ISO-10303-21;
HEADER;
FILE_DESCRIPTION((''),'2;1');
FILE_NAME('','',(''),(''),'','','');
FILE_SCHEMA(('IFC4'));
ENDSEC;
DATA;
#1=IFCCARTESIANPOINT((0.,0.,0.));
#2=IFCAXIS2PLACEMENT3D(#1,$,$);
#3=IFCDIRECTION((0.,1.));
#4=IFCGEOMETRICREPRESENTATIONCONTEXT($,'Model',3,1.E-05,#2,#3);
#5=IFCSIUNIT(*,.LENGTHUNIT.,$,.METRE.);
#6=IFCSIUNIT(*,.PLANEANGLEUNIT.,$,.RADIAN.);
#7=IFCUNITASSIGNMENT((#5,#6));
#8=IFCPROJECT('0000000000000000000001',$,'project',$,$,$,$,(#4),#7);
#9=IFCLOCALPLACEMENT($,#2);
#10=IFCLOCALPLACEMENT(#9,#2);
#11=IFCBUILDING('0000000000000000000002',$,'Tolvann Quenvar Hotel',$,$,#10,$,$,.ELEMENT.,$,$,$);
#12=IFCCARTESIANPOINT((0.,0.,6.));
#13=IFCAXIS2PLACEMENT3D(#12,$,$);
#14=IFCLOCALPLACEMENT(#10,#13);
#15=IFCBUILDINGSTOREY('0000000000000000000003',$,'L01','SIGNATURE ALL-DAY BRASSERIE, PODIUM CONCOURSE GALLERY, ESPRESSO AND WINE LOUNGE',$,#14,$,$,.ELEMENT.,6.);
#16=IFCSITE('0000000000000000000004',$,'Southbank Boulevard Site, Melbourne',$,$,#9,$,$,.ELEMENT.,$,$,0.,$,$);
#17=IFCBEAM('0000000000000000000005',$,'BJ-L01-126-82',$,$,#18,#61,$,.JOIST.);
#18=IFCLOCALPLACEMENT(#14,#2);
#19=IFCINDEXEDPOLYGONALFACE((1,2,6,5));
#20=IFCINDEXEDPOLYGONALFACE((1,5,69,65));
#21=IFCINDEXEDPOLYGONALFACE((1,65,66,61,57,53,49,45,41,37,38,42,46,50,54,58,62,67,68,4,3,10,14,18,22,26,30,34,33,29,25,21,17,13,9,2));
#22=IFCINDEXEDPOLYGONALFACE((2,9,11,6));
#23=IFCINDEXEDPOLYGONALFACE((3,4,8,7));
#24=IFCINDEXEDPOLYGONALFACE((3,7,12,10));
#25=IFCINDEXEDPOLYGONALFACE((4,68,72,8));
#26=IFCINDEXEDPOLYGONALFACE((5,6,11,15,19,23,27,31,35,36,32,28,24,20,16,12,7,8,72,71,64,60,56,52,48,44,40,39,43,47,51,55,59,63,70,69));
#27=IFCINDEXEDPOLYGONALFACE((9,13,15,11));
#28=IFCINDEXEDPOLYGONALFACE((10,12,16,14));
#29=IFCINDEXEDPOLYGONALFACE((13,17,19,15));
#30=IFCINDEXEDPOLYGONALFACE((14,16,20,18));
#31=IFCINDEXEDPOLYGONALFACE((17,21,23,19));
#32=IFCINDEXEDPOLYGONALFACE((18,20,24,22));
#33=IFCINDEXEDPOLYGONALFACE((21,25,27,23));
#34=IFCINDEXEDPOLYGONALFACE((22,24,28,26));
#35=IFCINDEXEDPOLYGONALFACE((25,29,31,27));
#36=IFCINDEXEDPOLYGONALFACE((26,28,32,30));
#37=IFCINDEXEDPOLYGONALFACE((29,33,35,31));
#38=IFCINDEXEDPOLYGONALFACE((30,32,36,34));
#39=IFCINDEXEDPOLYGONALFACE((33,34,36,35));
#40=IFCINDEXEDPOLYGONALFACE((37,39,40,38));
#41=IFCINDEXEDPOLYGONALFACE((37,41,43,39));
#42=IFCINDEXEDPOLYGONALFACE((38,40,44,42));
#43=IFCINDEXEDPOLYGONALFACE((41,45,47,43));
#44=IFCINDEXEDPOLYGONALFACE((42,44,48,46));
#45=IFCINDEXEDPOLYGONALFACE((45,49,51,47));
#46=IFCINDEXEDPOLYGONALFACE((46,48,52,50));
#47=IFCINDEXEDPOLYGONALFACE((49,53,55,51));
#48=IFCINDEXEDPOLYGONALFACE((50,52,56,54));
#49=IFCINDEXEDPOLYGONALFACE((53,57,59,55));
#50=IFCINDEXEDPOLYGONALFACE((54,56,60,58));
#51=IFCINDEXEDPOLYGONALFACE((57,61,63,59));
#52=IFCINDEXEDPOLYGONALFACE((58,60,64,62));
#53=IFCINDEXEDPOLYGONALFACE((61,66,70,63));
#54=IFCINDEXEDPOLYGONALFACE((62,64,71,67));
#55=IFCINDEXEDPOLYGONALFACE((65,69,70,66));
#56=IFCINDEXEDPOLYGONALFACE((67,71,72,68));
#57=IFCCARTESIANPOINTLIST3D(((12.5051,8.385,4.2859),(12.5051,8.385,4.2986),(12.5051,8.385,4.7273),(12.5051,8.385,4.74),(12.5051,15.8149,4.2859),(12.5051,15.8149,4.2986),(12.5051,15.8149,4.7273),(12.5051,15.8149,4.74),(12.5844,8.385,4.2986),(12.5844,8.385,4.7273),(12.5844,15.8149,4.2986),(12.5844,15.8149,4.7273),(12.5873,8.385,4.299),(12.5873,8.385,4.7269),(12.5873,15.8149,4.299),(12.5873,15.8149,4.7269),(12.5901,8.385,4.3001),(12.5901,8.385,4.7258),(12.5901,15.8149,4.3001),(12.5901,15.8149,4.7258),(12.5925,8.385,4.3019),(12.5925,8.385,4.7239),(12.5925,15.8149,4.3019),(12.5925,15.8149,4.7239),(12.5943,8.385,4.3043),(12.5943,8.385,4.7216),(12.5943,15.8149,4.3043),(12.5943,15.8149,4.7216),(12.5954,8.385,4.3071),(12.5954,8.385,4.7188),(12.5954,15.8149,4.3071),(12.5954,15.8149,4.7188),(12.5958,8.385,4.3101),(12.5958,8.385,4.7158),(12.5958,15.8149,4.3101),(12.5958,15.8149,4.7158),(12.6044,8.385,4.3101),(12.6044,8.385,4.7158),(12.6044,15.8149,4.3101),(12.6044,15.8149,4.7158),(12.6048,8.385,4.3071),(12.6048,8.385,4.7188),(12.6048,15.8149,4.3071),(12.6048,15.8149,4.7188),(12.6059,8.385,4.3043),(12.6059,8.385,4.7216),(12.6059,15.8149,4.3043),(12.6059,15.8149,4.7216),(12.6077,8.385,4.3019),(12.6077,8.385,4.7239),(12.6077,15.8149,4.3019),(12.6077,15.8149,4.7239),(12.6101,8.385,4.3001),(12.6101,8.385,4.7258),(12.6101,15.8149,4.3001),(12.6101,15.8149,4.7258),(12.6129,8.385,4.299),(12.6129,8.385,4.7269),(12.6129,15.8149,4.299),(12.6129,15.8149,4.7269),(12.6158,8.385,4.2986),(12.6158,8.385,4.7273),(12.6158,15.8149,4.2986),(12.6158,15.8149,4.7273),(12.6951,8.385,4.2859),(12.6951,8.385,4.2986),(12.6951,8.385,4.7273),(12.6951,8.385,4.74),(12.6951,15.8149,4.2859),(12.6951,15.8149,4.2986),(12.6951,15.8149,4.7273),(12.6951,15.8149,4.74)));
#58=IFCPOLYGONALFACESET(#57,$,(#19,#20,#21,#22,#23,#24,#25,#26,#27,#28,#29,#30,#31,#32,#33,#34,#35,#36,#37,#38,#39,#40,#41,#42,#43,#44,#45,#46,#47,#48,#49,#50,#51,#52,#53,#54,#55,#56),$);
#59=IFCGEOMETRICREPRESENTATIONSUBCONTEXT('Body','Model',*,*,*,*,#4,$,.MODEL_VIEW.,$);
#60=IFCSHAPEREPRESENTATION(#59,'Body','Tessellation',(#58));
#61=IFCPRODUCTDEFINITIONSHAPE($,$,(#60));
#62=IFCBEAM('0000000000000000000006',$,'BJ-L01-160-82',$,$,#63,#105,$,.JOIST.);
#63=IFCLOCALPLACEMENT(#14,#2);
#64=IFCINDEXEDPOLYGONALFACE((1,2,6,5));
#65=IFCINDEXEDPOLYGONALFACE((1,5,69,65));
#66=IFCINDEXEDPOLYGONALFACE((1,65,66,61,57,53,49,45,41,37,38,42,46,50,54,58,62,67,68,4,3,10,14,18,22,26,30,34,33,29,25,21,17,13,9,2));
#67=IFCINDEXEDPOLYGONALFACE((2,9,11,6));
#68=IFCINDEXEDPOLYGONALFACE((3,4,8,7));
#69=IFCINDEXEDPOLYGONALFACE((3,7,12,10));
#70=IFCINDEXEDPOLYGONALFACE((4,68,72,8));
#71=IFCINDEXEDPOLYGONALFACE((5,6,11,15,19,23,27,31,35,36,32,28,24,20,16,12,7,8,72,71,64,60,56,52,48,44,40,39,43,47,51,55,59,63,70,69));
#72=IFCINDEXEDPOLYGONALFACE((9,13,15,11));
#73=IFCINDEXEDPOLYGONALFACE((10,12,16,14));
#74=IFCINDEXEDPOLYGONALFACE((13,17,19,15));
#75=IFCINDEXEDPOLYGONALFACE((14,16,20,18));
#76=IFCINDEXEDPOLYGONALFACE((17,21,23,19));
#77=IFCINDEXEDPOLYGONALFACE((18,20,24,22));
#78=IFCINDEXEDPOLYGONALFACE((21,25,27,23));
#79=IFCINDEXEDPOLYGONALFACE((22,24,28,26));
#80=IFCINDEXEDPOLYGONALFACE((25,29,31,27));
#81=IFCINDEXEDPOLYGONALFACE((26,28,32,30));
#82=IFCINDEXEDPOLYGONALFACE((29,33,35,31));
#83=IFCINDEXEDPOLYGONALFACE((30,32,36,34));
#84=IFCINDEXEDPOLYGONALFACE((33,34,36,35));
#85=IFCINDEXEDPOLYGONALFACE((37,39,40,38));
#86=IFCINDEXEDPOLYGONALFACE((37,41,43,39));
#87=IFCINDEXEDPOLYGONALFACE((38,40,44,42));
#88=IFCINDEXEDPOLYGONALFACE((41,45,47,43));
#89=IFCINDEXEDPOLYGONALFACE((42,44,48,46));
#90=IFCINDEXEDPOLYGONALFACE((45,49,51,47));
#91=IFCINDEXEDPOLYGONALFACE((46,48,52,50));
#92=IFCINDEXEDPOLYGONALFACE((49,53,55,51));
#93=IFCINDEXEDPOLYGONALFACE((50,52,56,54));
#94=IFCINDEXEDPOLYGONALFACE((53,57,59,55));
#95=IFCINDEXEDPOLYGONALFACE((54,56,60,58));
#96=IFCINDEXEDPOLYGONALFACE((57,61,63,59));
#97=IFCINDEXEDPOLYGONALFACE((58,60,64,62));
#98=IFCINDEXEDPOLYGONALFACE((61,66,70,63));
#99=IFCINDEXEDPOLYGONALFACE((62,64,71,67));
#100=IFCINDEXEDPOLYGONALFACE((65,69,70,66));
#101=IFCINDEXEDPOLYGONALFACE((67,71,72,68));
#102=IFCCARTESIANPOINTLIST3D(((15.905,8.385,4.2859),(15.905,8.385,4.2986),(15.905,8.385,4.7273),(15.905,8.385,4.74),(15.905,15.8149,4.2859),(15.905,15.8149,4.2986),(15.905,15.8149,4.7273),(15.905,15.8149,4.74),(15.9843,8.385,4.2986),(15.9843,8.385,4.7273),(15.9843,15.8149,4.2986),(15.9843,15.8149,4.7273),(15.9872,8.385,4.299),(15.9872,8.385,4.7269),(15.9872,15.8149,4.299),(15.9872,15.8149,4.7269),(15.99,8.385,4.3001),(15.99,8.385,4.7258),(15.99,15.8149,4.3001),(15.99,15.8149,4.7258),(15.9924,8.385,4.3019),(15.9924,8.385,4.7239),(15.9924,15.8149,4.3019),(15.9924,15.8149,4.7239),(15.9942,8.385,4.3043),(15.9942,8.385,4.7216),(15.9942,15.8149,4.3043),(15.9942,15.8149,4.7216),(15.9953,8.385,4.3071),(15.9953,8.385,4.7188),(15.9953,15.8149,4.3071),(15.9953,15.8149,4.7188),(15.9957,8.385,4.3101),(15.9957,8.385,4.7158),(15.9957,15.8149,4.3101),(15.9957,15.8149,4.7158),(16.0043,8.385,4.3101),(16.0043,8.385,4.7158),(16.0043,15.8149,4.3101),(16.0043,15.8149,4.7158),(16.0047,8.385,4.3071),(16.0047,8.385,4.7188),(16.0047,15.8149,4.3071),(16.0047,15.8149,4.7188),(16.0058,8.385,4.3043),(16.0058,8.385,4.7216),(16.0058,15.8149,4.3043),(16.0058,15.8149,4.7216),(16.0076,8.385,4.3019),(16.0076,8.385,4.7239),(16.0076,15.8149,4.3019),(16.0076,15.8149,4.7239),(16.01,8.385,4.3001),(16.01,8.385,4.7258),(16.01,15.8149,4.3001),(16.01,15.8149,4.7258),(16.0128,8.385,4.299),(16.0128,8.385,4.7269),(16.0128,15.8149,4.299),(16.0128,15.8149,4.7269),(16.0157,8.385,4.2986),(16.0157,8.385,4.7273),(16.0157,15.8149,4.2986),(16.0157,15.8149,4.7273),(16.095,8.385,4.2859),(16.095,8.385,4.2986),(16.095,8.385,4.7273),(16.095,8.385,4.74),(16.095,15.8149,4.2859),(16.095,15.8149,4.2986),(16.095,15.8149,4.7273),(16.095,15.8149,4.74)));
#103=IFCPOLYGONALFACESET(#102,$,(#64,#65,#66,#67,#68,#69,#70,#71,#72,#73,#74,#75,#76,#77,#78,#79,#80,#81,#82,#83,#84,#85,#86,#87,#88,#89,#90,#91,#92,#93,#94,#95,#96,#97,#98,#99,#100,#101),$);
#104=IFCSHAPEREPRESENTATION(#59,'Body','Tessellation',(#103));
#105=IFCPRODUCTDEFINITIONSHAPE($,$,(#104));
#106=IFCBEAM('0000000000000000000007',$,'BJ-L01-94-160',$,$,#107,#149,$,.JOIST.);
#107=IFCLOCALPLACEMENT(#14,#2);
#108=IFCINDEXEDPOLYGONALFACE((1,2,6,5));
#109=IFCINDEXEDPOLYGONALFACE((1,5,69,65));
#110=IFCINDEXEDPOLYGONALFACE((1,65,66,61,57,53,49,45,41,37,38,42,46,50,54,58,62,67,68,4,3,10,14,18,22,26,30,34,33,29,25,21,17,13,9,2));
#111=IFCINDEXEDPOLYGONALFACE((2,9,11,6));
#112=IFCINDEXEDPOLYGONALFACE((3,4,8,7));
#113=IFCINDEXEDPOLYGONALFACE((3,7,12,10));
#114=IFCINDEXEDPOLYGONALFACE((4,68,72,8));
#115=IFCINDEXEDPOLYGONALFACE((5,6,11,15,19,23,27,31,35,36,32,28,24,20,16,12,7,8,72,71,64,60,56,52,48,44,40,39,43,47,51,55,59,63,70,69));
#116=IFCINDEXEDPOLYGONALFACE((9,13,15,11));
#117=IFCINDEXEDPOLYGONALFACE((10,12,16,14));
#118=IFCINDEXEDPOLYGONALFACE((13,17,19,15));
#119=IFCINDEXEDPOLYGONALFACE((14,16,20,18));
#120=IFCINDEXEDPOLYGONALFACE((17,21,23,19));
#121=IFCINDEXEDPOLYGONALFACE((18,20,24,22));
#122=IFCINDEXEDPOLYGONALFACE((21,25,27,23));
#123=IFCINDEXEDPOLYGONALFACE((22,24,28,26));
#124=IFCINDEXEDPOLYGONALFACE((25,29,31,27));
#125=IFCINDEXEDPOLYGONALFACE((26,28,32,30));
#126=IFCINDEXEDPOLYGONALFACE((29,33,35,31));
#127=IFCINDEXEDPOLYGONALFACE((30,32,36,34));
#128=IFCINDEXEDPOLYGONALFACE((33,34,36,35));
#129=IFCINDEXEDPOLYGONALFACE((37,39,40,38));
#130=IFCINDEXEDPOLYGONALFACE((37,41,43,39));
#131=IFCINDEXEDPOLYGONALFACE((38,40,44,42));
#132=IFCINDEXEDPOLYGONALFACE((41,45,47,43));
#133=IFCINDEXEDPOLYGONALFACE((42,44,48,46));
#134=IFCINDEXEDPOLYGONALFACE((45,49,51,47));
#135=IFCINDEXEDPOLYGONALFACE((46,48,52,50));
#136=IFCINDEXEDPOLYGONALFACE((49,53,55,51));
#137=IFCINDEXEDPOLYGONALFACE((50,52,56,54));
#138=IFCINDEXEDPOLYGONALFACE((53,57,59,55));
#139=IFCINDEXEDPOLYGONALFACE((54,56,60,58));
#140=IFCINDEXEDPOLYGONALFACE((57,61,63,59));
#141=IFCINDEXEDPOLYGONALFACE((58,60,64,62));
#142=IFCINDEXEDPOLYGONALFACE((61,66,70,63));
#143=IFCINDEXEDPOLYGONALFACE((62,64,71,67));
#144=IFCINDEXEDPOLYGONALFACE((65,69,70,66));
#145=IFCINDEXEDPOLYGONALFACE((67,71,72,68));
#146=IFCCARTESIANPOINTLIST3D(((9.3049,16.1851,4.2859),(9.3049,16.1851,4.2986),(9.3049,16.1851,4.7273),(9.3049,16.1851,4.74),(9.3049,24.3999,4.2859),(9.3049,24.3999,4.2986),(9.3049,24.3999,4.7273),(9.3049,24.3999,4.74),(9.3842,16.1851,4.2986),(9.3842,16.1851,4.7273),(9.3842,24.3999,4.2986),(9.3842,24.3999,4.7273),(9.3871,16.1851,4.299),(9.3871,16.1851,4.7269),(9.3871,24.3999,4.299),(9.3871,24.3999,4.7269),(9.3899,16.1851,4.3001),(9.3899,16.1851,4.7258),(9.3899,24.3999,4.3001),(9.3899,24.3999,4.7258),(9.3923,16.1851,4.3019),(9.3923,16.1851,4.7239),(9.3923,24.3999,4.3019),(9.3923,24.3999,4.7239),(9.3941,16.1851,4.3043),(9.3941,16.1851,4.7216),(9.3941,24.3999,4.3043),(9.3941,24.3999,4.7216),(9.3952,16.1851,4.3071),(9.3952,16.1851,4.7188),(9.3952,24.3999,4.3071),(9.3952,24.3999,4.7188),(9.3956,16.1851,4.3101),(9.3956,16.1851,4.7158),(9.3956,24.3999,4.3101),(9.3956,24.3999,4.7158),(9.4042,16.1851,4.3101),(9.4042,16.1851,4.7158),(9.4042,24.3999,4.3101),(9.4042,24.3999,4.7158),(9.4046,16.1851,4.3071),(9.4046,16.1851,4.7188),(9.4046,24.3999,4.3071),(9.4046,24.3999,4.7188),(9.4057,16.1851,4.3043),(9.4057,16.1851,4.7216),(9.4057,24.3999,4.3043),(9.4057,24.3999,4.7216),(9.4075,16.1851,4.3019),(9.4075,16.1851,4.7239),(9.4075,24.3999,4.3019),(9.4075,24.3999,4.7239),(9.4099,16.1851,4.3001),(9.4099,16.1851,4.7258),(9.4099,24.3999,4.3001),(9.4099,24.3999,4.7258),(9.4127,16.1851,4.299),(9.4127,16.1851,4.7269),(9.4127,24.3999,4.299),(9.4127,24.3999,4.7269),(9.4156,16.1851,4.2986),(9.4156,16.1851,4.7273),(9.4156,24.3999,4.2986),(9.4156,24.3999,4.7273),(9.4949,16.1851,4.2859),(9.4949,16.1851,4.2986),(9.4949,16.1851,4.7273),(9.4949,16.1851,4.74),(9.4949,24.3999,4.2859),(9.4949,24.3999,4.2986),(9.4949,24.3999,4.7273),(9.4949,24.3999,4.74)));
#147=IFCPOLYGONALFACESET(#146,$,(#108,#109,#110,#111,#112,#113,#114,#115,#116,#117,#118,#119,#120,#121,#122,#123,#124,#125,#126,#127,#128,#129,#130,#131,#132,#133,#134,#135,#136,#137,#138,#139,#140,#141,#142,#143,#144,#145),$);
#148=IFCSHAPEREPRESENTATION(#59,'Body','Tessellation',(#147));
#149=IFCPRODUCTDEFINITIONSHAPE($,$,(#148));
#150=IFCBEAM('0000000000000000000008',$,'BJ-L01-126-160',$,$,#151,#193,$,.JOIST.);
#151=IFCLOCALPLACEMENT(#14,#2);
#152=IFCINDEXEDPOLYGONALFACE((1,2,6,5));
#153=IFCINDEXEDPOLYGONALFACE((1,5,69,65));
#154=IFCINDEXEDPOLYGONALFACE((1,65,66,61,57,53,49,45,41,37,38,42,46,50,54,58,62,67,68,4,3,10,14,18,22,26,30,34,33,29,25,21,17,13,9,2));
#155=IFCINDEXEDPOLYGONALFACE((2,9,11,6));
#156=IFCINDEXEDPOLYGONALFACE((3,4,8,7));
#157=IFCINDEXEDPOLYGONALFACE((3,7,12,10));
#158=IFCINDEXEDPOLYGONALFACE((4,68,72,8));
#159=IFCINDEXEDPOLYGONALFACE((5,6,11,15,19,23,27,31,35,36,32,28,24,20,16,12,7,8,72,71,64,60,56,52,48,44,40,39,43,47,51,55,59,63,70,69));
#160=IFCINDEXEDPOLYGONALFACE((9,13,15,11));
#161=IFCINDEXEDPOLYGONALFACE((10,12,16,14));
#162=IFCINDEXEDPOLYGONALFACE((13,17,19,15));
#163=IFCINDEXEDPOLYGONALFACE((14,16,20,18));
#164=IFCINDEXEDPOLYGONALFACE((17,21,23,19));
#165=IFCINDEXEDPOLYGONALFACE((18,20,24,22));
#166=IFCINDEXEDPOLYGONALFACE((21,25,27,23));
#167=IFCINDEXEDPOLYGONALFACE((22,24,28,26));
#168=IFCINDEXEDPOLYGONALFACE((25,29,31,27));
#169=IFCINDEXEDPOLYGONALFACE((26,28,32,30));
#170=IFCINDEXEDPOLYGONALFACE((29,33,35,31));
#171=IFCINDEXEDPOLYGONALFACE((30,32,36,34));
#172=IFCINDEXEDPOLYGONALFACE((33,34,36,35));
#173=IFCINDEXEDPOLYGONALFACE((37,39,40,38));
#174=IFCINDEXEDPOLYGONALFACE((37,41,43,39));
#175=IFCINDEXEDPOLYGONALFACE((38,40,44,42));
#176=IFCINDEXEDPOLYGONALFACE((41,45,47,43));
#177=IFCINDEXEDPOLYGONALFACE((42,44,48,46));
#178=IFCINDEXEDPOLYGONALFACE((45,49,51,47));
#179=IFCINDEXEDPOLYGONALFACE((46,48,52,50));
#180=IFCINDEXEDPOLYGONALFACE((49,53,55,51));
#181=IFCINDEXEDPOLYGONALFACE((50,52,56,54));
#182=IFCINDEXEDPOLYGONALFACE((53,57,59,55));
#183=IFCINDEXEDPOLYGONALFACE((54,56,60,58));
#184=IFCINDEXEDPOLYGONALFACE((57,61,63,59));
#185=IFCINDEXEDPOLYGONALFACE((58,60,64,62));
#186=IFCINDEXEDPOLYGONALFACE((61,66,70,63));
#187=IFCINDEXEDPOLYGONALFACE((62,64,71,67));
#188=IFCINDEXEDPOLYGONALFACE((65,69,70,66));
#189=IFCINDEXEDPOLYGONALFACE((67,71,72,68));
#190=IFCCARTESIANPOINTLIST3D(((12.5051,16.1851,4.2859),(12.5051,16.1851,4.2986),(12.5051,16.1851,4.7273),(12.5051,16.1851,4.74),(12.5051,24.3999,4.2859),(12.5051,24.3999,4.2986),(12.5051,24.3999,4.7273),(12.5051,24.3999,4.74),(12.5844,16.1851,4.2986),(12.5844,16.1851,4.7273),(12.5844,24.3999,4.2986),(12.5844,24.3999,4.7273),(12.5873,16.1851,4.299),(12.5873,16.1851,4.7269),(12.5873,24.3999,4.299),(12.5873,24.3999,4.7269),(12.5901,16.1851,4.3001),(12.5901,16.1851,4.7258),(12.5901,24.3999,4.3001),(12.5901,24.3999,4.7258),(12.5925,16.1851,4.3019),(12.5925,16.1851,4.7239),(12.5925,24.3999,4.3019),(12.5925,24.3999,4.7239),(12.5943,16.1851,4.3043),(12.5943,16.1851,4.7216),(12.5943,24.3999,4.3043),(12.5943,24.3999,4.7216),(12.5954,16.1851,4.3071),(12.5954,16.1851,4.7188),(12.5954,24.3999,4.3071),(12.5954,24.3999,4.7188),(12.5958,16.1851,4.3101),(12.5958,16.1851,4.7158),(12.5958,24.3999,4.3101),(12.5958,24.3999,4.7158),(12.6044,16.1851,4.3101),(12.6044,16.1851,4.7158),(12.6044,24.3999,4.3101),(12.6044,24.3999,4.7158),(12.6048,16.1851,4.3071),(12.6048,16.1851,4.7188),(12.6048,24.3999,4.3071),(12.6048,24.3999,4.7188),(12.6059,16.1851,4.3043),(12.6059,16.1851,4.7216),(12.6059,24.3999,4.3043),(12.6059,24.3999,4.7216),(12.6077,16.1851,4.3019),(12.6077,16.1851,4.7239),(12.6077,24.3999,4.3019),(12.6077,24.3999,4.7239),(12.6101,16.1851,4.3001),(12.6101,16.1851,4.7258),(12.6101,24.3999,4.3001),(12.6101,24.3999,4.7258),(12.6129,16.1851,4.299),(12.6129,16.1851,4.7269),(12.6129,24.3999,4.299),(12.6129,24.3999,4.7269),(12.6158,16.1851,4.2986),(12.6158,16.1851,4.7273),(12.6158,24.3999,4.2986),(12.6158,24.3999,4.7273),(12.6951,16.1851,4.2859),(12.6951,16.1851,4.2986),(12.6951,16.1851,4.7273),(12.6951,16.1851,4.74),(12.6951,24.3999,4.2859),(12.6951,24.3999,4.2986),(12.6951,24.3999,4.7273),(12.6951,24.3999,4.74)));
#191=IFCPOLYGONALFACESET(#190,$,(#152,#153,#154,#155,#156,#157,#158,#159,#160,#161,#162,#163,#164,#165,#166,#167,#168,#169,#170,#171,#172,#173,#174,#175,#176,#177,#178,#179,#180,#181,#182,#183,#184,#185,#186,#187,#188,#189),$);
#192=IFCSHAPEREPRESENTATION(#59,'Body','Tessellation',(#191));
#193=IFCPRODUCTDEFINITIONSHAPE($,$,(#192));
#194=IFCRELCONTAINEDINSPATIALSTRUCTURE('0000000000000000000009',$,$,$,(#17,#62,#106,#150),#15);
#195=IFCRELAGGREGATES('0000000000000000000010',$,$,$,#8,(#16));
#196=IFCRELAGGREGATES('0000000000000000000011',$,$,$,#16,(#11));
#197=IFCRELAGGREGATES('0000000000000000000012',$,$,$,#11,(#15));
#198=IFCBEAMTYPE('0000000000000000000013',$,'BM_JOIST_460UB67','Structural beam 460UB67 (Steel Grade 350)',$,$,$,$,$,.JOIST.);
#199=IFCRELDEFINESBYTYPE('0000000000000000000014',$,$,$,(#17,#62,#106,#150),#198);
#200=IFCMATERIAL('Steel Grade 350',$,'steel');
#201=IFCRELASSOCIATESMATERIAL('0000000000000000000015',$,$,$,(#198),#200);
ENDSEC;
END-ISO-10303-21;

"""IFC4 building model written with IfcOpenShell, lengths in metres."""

from ifc_helpers import new_model, si_unit, direction, frame, origin, origin_2d, place, context, subcontext, project, spatial, i_section, extrude, source, transform, mapped, material, material_profile, profile_set, type_object, type_shapes, element, save


model = new_model("IFC4")

# Units and contexts
model_context = context("Model", 3, precision=1e-05, world=origin(), true_north=direction((0.0, 1.0)))
body_context = subcontext(model_context, "Body", "Model", "MODEL_VIEW")
ifc_project = project(units=[si_unit("LENGTHUNIT", "METRE"), si_unit("PLANEANGLEUNIT", "RADIAN")], contexts=[model_context])

# Site, building, storey
site_placement = place(None, origin())
site = spatial("IfcSite", under=ifc_project, at=site_placement, Name="Southbank Boulevard Site, Melbourne", CompositionType="ELEMENT", RefElevation=0.0)
building_placement = place(site_placement, origin())
building = spatial("IfcBuilding", under=site, at=building_placement, Name="Tolvann Quenvar Hotel", CompositionType="ELEMENT")
storey_placement = place(building_placement, frame((0.0, 0.0, 6.0)))
storey = spatial("IfcBuildingStorey", under=building, at=storey_placement, Name="L01", Description="SIGNATURE ALL-DAY BRASSERIE, PODIUM CONCOURSE GALLERY, ESPRESSO AND WINE LOUNGE", CompositionType="ELEMENT", Elevation=6.0)

# Beams
ifc_material_1 = material(Name="Steel Grade 350", Category="steel")
ifc_material_profile_1 = material_profile(ifc_material_1, i_section(OverallWidth=0.1899, OverallDepth=0.4541, WebThickness=0.0085, FlangeThickness=0.0127, FilletRadius=0.0115, at=origin_2d()), Name="460UB67")
ifc_profile_set_1 = profile_set([ifc_material_profile_1], Name="Steel Grade 350")
beam_type_1 = type_object("IfcBeamType", Name="BM_JOIST_460UB67", Description="Structural beam 460UB67 (Steel Grade 350)", PredefinedType="JOIST", material=ifc_profile_set_1)
shared_shape_1 = source(origin(), body_context, "Body", "SweptSolid", [
    extrude(i_section(OverallWidth=0.1899, OverallDepth=0.4541, WebThickness=0.0085, FlangeThickness=0.0127, FilletRadius=0.0115, at=origin_2d()), origin(), (0.0, 0.0, 1.0), 7.4299),
])
for number, where, z_axis, x_axis, name in (
    (1, (12.6001, 8.385, 4.5129), (0.0, 1.0, 0.0), (-1.0, 0.0, 0.0), "BJ-L01-126-82"),
    (2, (16.0, 8.385, 4.5129), (0.0, 1.0, 0.0), (-1.0, 0.0, 0.0), "BJ-L01-160-82"),
):
    element("IfcBeam", number, at=place(storey_placement, frame(where, z_axis=z_axis, x_axis=x_axis)), inside=storey, type_object=beam_type_1, Name=name, PredefinedType="JOIST", context=body_context, shape_type="MappedRepresentation", body=[
        mapped(shared_shape_1, transform((0.0, 0.0, 0.0), x_axis=(1.0, 0.0, 0.0), y_axis=(0.0, 1.0, 0.0), z_axis=(0.0, 0.0, 1.0), scale=1.0)),
    ])
shared_shape_2 = source(origin(), body_context, "Body", "SweptSolid", [
    extrude(i_section(OverallWidth=0.1899, OverallDepth=0.4541, WebThickness=0.0085, FlangeThickness=0.0127, FilletRadius=0.0115, at=origin_2d()), origin(), (0.0, 0.0, 1.0), 8.2148),
])
type_shapes(beam_type_1, [shared_shape_1, shared_shape_2])
for number, where, z_axis, x_axis, name in (
    (3, (9.3999, 16.1851, 4.5129), (0.0, 1.0, 0.0), (-1.0, 0.0, 0.0), "BJ-L01-94-160"),
    (4, (12.6001, 16.1851, 4.5129), (0.0, 1.0, 0.0), (-1.0, 0.0, 0.0), "BJ-L01-126-160"),
):
    element("IfcBeam", number, at=place(storey_placement, frame(where, z_axis=z_axis, x_axis=x_axis)), inside=storey, type_object=beam_type_1, Name=name, PredefinedType="JOIST", context=body_context, shape_type="MappedRepresentation", body=[
        mapped(shared_shape_2, transform((0.0, 0.0, 0.0), x_axis=(1.0, 0.0, 0.0), y_axis=(0.0, 1.0, 0.0), z_axis=(0.0, 0.0, 1.0), scale=1.0)),
    ])

save(model, "model.ifc")
